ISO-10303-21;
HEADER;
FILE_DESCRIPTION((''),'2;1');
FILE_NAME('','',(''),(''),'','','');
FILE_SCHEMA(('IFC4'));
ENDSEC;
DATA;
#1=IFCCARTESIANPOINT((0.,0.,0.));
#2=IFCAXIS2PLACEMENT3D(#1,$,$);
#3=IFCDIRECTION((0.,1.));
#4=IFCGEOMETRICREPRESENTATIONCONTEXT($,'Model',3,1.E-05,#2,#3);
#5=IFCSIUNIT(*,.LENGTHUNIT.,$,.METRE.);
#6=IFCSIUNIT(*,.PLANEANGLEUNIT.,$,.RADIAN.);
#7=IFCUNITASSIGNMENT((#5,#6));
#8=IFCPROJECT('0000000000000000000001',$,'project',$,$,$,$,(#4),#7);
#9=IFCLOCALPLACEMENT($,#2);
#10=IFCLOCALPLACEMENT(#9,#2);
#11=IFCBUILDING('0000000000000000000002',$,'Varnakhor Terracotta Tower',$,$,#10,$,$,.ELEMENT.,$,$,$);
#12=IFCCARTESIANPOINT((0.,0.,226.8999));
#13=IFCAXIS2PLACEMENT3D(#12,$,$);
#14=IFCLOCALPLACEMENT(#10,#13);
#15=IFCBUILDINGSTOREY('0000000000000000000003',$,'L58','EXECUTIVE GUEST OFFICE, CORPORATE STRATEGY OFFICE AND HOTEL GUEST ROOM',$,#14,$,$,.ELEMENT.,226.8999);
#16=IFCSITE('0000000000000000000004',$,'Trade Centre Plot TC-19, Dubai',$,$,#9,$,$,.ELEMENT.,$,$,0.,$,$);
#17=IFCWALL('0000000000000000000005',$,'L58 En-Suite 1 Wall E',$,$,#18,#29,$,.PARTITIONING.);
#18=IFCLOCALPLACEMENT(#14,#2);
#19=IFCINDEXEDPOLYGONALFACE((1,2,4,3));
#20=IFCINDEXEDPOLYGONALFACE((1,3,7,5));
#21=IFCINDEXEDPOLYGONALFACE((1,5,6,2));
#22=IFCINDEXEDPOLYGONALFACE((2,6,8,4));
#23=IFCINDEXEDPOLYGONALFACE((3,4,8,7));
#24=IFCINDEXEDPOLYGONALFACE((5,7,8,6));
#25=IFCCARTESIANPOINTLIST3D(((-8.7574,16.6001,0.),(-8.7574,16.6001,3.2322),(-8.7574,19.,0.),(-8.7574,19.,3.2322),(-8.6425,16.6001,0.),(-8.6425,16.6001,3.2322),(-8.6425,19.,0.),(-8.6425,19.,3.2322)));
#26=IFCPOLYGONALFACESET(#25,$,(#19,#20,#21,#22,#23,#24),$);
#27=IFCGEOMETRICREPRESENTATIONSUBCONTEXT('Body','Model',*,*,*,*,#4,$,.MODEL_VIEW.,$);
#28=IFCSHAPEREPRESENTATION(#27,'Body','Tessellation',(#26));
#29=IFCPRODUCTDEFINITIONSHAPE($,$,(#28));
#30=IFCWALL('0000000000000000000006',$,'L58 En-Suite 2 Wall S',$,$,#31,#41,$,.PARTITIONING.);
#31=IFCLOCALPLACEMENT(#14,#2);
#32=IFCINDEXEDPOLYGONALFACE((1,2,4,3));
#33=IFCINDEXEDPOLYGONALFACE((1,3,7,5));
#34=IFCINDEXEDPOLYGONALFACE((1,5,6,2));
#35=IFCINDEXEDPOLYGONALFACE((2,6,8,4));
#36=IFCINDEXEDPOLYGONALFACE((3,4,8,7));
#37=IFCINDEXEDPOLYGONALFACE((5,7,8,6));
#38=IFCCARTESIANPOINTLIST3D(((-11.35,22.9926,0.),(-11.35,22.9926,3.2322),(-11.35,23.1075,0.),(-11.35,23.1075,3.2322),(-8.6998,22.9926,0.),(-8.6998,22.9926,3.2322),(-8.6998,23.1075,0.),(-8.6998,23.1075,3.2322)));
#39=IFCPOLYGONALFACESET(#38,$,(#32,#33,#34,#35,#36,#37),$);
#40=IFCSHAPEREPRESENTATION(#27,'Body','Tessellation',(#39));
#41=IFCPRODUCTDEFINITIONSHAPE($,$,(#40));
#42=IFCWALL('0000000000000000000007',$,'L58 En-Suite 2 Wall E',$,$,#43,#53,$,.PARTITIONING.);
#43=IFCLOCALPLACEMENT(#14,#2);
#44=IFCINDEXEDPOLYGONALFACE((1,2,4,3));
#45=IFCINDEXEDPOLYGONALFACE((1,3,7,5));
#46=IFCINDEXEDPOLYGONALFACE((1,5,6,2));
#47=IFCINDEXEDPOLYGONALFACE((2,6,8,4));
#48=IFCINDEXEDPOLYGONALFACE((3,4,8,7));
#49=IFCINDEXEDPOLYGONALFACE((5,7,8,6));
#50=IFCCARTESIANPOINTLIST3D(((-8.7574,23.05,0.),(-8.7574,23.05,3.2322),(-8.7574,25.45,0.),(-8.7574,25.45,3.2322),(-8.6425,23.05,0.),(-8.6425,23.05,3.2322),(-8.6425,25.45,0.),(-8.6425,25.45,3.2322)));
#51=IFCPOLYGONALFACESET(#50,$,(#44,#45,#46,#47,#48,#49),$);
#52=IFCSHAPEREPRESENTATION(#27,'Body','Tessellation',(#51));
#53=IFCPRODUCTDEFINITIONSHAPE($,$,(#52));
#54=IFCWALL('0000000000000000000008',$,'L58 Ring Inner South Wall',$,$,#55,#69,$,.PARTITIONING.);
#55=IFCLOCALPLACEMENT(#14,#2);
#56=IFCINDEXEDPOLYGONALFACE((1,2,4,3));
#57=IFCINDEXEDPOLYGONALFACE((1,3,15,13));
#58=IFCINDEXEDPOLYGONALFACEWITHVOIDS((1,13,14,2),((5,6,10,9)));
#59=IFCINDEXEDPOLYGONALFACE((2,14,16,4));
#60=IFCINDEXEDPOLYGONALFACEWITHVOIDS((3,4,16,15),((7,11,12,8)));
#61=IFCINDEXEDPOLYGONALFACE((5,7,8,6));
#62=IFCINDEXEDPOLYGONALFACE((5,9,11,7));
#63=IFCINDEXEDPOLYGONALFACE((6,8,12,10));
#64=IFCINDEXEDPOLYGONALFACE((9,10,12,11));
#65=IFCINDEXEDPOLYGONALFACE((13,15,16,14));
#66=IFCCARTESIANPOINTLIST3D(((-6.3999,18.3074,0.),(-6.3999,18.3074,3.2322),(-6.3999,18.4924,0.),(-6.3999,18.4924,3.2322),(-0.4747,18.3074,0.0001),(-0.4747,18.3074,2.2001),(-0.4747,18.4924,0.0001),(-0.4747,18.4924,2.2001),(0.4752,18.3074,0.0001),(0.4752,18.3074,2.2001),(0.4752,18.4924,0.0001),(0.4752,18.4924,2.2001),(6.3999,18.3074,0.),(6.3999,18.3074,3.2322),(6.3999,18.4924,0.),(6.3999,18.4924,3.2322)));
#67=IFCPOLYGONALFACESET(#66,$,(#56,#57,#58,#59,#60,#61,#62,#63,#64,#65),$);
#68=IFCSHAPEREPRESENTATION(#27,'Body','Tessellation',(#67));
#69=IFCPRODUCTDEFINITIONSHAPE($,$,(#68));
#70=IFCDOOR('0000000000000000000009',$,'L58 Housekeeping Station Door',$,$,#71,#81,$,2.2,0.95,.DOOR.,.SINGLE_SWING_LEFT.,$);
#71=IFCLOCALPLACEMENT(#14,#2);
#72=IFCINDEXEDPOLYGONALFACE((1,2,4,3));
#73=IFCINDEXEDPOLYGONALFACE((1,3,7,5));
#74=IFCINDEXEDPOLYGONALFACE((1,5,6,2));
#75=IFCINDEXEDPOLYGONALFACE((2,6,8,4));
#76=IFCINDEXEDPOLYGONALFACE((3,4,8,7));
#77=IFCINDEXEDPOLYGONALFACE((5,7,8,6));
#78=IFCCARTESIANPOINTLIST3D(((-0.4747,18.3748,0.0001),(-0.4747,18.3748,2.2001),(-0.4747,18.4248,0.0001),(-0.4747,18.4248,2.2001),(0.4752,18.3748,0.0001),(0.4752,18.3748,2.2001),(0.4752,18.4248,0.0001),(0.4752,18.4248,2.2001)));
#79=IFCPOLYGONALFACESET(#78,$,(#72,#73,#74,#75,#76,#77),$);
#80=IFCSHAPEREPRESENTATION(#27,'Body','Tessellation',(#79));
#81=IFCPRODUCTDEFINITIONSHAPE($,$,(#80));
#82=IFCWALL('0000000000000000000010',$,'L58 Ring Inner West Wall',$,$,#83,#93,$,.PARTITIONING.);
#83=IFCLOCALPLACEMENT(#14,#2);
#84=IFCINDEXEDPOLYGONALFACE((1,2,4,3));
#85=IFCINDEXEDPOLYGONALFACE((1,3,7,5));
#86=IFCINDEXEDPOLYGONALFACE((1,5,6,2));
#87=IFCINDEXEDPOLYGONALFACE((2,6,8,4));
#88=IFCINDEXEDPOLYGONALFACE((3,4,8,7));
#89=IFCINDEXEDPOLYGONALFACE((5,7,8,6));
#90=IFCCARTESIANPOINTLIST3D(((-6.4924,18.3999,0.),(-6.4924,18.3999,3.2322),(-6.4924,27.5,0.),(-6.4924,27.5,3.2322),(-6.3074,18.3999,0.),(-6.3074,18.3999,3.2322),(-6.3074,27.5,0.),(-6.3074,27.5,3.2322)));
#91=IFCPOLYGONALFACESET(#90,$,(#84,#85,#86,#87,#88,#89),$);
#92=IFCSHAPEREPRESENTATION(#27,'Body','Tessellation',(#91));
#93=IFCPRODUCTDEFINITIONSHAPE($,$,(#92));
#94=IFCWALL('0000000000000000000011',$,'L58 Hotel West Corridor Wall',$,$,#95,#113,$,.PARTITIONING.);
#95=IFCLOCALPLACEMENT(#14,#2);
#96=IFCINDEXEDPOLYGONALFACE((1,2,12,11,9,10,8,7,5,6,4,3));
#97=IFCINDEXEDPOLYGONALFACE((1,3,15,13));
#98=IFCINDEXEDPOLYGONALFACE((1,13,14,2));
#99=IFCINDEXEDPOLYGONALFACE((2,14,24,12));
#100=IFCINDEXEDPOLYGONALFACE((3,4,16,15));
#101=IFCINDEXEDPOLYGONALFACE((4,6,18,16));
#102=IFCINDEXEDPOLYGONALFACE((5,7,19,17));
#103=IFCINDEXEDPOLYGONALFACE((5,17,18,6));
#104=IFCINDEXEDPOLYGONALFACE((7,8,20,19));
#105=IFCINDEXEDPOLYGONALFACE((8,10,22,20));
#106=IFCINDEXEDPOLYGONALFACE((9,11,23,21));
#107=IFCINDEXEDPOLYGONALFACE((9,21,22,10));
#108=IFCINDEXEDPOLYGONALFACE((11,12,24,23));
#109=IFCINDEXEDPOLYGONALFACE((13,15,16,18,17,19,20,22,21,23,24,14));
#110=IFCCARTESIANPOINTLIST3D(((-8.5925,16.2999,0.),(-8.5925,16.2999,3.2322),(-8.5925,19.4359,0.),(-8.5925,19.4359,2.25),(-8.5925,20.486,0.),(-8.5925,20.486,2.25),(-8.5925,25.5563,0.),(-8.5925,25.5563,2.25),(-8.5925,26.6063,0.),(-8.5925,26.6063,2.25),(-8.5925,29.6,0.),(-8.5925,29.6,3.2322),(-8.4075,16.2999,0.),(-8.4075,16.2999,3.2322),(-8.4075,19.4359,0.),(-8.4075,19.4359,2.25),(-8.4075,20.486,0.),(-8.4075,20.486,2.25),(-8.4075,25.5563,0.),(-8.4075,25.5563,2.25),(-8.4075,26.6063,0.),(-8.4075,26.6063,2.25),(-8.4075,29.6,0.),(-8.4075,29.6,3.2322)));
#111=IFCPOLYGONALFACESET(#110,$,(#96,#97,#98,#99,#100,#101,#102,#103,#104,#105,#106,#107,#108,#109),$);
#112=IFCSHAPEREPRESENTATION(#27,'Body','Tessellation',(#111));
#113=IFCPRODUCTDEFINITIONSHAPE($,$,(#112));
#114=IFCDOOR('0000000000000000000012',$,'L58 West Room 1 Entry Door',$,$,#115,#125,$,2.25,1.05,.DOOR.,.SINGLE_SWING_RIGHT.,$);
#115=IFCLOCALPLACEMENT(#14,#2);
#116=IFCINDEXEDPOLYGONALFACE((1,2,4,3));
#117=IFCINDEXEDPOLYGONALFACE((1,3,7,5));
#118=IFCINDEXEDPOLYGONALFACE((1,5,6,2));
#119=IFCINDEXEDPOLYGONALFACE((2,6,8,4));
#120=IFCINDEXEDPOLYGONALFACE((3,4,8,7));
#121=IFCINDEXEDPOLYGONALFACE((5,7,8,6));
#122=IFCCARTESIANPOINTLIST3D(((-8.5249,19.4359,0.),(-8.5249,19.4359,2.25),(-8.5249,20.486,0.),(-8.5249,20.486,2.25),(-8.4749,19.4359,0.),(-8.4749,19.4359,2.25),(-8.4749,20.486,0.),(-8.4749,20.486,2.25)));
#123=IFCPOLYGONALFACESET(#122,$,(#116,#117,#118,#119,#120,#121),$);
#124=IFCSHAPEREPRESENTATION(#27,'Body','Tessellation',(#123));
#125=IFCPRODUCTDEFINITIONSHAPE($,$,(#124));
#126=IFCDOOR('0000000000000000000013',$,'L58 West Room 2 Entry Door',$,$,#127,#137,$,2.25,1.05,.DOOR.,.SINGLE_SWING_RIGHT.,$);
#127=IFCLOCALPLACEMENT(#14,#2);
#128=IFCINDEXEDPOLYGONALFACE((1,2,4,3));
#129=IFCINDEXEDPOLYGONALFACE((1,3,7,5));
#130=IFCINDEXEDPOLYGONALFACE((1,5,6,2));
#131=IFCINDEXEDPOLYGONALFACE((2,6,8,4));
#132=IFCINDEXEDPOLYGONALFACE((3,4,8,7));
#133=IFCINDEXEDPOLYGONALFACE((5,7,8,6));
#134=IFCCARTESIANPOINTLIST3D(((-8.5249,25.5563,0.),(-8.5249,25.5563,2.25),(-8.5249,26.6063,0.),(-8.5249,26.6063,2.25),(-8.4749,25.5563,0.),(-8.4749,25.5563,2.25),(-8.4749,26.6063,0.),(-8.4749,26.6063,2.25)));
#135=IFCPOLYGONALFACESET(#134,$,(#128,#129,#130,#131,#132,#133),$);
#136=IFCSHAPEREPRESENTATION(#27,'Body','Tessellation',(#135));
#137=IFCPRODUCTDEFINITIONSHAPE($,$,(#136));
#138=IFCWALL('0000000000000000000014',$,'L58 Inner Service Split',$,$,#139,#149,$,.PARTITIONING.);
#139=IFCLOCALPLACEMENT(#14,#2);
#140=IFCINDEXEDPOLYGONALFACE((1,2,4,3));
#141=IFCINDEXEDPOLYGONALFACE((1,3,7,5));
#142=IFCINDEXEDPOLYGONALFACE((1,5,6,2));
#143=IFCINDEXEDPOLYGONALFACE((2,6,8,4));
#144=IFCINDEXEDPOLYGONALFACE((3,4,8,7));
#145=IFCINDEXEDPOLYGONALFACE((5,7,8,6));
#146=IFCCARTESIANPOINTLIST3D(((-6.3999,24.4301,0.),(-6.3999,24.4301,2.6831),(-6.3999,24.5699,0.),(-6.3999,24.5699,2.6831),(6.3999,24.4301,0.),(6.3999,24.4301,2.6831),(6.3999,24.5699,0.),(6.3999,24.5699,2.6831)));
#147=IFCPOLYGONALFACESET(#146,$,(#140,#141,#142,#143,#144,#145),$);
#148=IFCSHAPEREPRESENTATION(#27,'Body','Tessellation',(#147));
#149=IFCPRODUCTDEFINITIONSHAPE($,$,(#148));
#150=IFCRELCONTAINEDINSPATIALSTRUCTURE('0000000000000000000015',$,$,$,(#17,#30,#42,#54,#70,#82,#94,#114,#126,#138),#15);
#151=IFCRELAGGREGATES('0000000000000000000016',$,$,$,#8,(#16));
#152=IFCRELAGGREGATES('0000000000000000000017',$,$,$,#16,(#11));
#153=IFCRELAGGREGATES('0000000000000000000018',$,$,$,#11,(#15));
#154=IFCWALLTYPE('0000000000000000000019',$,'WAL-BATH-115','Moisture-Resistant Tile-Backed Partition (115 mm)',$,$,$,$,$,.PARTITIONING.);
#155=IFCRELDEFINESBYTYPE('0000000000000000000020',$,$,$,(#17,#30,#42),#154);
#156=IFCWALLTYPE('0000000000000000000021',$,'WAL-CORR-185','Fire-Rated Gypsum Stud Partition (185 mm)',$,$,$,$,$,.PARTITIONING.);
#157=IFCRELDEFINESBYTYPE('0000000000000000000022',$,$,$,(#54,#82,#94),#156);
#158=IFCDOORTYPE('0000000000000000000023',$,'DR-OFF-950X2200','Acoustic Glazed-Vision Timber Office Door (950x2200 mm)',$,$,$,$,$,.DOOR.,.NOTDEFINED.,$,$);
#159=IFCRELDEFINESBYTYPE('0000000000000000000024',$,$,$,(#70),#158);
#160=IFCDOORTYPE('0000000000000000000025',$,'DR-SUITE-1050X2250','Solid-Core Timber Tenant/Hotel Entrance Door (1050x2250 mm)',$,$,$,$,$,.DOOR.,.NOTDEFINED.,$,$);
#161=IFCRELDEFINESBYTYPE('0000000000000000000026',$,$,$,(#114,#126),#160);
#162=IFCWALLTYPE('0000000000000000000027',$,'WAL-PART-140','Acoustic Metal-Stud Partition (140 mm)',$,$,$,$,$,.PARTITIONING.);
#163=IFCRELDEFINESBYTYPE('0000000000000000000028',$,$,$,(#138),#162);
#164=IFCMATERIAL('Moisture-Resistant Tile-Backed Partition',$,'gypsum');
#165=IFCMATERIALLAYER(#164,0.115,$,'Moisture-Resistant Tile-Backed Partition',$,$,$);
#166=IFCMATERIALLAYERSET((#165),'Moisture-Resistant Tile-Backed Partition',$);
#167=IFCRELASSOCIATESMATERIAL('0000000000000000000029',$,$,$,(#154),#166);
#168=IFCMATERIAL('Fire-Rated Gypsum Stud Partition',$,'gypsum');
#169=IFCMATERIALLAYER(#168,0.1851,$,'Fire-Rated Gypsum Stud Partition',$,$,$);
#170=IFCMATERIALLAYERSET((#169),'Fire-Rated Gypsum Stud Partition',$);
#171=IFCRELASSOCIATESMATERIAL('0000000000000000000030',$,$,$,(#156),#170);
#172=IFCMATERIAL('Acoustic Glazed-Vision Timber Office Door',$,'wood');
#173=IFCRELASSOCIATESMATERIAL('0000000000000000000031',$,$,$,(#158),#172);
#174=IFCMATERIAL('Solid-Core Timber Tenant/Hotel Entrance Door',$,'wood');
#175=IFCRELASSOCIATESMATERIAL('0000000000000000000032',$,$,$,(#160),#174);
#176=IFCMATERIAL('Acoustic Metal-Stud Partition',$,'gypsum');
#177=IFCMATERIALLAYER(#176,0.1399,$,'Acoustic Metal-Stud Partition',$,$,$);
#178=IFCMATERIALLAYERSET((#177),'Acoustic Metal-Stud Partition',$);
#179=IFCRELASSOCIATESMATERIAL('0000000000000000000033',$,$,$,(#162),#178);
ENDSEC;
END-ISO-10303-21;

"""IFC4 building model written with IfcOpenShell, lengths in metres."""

from ifc_helpers import new_model, si_unit, direction, frame, frame_2d, origin, place, context, subcontext, project, spatial, rectangle, extrude, source, transform, mapped, material, layer, layer_set, type_object, type_shapes, element, fill, save


model = new_model("IFC4")

# Units and contexts
model_context = context("Model", 3, precision=1e-05, world=origin(), true_north=direction((0.0, 1.0)))
body_context = subcontext(model_context, "Body", "Model", "MODEL_VIEW")
ifc_project = project(units=[si_unit("LENGTHUNIT", "METRE"), si_unit("PLANEANGLEUNIT", "RADIAN")], contexts=[model_context])

# Site, building, storey
site_placement = place(None, origin())
site = spatial("IfcSite", under=ifc_project, at=site_placement, Name="Trade Centre Plot TC-19, Dubai", CompositionType="ELEMENT", RefElevation=0.0)
building_placement = place(site_placement, origin())
building = spatial("IfcBuilding", under=site, at=building_placement, Name="Varnakhor Terracotta Tower", CompositionType="ELEMENT")
storey_placement = place(building_placement, frame((0.0, 0.0, 226.8999)))
storey = spatial("IfcBuildingStorey", under=building, at=storey_placement, Name="L58", Description="EXECUTIVE GUEST OFFICE, CORPORATE STRATEGY OFFICE AND HOTEL GUEST ROOM", CompositionType="ELEMENT", Elevation=226.8999)

# Walls
ifc_material_1 = material(Name="Moisture-Resistant Tile-Backed Partition", Category="gypsum")
ifc_layer_1 = layer(ifc_material_1, 0.115, Name="Moisture-Resistant Tile-Backed Partition")
ifc_layer_set_1 = layer_set([ifc_layer_1], Name="Moisture-Resistant Tile-Backed Partition")
wall_type_1 = type_object("IfcWallType", Name="WAL-BATH-115", Description="Moisture-Resistant Tile-Backed Partition (115 mm)", PredefinedType="PARTITIONING", material=ifc_layer_set_1)
wall_1_placement = place(storey_placement, frame((-8.7, 16.6001, 0.0), z_axis=(0.0, 0.0, 1.0), x_axis=(0.0, 1.0, 0.0)))
element("IfcWall", 1, at=wall_1_placement, inside=storey, type_object=wall_type_1, Name="L58 En-Suite 1 Wall E", PredefinedType="PARTITIONING", context=body_context, shape_type="SweptSolid", body=[
    extrude(rectangle(XDim=2.3999, YDim=0.115, at=frame_2d((1.2, 0.0))), origin(), (0.0, 0.0, 1.0), 3.2322),
])
wall_2_placement = place(storey_placement, frame((-11.3501, 23.05, 0.0), z_axis=(0.0, 0.0, 1.0), x_axis=(1.0, 0.0, 0.0)))
element("IfcWall", 2, at=wall_2_placement, inside=storey, type_object=wall_type_1, Name="L58 En-Suite 2 Wall S", PredefinedType="PARTITIONING", context=body_context, shape_type="SweptSolid", body=[
    extrude(rectangle(XDim=2.6501, YDim=0.115, at=frame_2d((1.3252, 0.0))), origin(), (0.0, 0.0, 1.0), 3.2322),
])

# Wall
wall_3_placement = place(storey_placement, frame((-8.7, 23.05, 0.0), z_axis=(0.0, 0.0, 1.0), x_axis=(0.0, 1.0, 0.0)))
element("IfcWall", 3, at=wall_3_placement, inside=storey, type_object=wall_type_1, Name="L58 En-Suite 2 Wall E", PredefinedType="PARTITIONING", context=body_context, shape_type="SweptSolid", body=[
    extrude(rectangle(XDim=2.3999, YDim=0.115, at=frame_2d((1.2, 0.0))), origin(), (0.0, 0.0, 1.0), 3.2322),
])

# Wall, opening, door
ifc_material_2 = material(Name="Fire-Rated Gypsum Stud Partition", Category="gypsum")
ifc_layer_2 = layer(ifc_material_2, 0.1851, Name="Fire-Rated Gypsum Stud Partition")
ifc_layer_set_2 = layer_set([ifc_layer_2], Name="Fire-Rated Gypsum Stud Partition")
wall_type_2 = type_object("IfcWallType", Name="WAL-CORR-185", Description="Fire-Rated Gypsum Stud Partition (185 mm)", PredefinedType="PARTITIONING", material=ifc_layer_set_2)
wall_4_placement = place(storey_placement, frame((-6.3999, 18.3999, 0.0), z_axis=(0.0, 0.0, 1.0), x_axis=(1.0, 0.0, 0.0)))
wall_4 = element("IfcWall", 4, at=wall_4_placement, inside=storey, type_object=wall_type_2, Name="L58 Ring Inner South Wall", PredefinedType="PARTITIONING", context=body_context, shape_type="SweptSolid", body=[
    extrude(rectangle(XDim=12.7998, YDim=0.1851, at=frame_2d((6.3999, 0.0))), origin(), (0.0, 0.0, 1.0), 3.2322),
])
opening_1_placement = place(wall_4_placement, frame((5.925, 0.0, 0.0)))
opening_1 = element("IfcOpeningElement", 5, at=opening_1_placement, cuts=wall_4, PredefinedType="OPENING", context=body_context, shape_type="SweptSolid", body=[
    extrude(rectangle(XDim=0.95, YDim=2.2, at=frame_2d((0.4751, 1.1001))), frame((0.0, 0.1025, 0.0), z_axis=(0.0, -1.0, 0.0), x_axis=(1.0, 0.0, 0.0)), (0.0, 0.0, 1.0), 0.2051),
])
ifc_material_3 = material(Name="Acoustic Glazed-Vision Timber Office Door", Category="wood")
door_type_1 = type_object("IfcDoorType", Name="DR-OFF-950X2200", Description="Acoustic Glazed-Vision Timber Office Door (950x2200 mm)", OperationType="NOTDEFINED", PredefinedType="DOOR", material=ifc_material_3)
shared_shape_1 = source(origin(), body_context, "Body", "SweptSolid", [
    extrude(rectangle(XDim=0.95, YDim=2.2, at=frame_2d((0.4751, 1.1001))), frame((0.0, 0.0249, 0.0), z_axis=(0.0, -1.0, 0.0), x_axis=(1.0, 0.0, 0.0)), (0.0, 0.0, 1.0), 0.05),
])
type_shapes(door_type_1, [shared_shape_1])
door_1_placement = place(opening_1_placement, origin())
door_1 = element("IfcDoor", 6, at=door_1_placement, inside=storey, type_object=door_type_1, Name="L58 Housekeeping Station Door", OperationType="SINGLE_SWING_LEFT", OverallHeight=2.2, OverallWidth=0.95, PredefinedType="DOOR", context=body_context, shape_type="MappedRepresentation", body=[
    mapped(shared_shape_1, transform((0.0, 0.0, 0.0), scale=1.0)),
])
fill(opening_1, door_1)

# Wall
wall_5_placement = place(storey_placement, frame((-6.3999, 18.3999, 0.0), z_axis=(0.0, 0.0, 1.0), x_axis=(0.0, 1.0, 0.0)))
element("IfcWall", 7, at=wall_5_placement, inside=storey, type_object=wall_type_2, Name="L58 Ring Inner West Wall", PredefinedType="PARTITIONING", context=body_context, shape_type="SweptSolid", body=[
    extrude(rectangle(XDim=9.1001, YDim=0.1851, at=frame_2d((4.55, 0.0))), origin(), (0.0, 0.0, 1.0), 3.2322),
])

# Wall, openings, doors
wall_6_placement = place(storey_placement, frame((-8.5, 16.3, 0.0), z_axis=(0.0, 0.0, 1.0), x_axis=(0.0, 1.0, 0.0)))
wall_6 = element("IfcWall", 8, at=wall_6_placement, inside=storey, type_object=wall_type_2, Name="L58 Hotel West Corridor Wall", PredefinedType="PARTITIONING", context=body_context, shape_type="SweptSolid", body=[
    extrude(rectangle(XDim=13.3, YDim=0.1851, at=frame_2d((6.6499, 0.0))), origin(), (0.0, 0.0, 1.0), 3.2322),
])
opening_2_placement = place(wall_6_placement, frame((3.136, 0.0, 0.0)))
opening_2 = element("IfcOpeningElement", 9, at=opening_2_placement, cuts=wall_6, PredefinedType="OPENING", context=body_context, shape_type="SweptSolid", body=[
    extrude(rectangle(XDim=1.05, YDim=2.25, at=frame_2d((0.5249, 1.125))), frame((0.0, 0.1025, 0.0), z_axis=(0.0, -1.0, 0.0), x_axis=(1.0, 0.0, 0.0)), (0.0, 0.0, 1.0), 0.2051),
])
opening_3_placement = place(wall_6_placement, frame((9.2563, 0.0, 0.0)))
opening_3 = element("IfcOpeningElement", 10, at=opening_3_placement, cuts=wall_6, PredefinedType="OPENING", context=body_context, shape_type="SweptSolid", body=[
    extrude(rectangle(XDim=1.05, YDim=2.25, at=frame_2d((0.5249, 1.125))), frame((0.0, 0.1025, 0.0), z_axis=(0.0, -1.0, 0.0), x_axis=(1.0, 0.0, 0.0)), (0.0, 0.0, 1.0), 0.2051),
])
ifc_material_4 = material(Name="Solid-Core Timber Tenant/Hotel Entrance Door", Category="wood")
door_type_2 = type_object("IfcDoorType", Name="DR-SUITE-1050X2250", Description="Solid-Core Timber Tenant/Hotel Entrance Door (1050x2250 mm)", OperationType="NOTDEFINED", PredefinedType="DOOR", material=ifc_material_4)
shared_shape_2 = source(origin(), body_context, "Body", "SweptSolid", [
    extrude(rectangle(XDim=1.05, YDim=2.25, at=frame_2d((0.5249, 1.125))), frame((0.0, 0.0249, 0.0), z_axis=(0.0, -1.0, 0.0), x_axis=(1.0, 0.0, 0.0)), (0.0, 0.0, 1.0), 0.05),
])
type_shapes(door_type_2, [shared_shape_2])
door_2_placement = place(opening_2_placement, origin())
door_2 = element("IfcDoor", 11, at=door_2_placement, inside=storey, type_object=door_type_2, Name="L58 West Room 1 Entry Door", OperationType="SINGLE_SWING_RIGHT", OverallHeight=2.25, OverallWidth=1.05, PredefinedType="DOOR", context=body_context, shape_type="MappedRepresentation", body=[
    mapped(shared_shape_2, transform((0.0, 0.0, 0.0), scale=1.0)),
])
fill(opening_2, door_2)
door_3_placement = place(opening_3_placement, origin())
door_3 = element("IfcDoor", 12, at=door_3_placement, inside=storey, type_object=door_type_2, Name="L58 West Room 2 Entry Door", OperationType="SINGLE_SWING_RIGHT", OverallHeight=2.25, OverallWidth=1.05, PredefinedType="DOOR", context=body_context, shape_type="MappedRepresentation", body=[
    mapped(shared_shape_2, transform((0.0, 0.0, 0.0), scale=1.0)),
])
fill(opening_3, door_3)

# Wall
ifc_material_5 = material(Name="Acoustic Metal-Stud Partition", Category="gypsum")
ifc_layer_3 = layer(ifc_material_5, 0.1399, Name="Acoustic Metal-Stud Partition")
ifc_layer_set_3 = layer_set([ifc_layer_3], Name="Acoustic Metal-Stud Partition")
wall_type_3 = type_object("IfcWallType", Name="WAL-PART-140", Description="Acoustic Metal-Stud Partition (140 mm)", PredefinedType="PARTITIONING", material=ifc_layer_set_3)
wall_7_placement = place(storey_placement, frame((-6.3999, 24.5, 0.0), z_axis=(0.0, 0.0, 1.0), x_axis=(1.0, 0.0, 0.0)))
element("IfcWall", 13, at=wall_7_placement, inside=storey, type_object=wall_type_3, Name="L58 Inner Service Split", PredefinedType="PARTITIONING", context=body_context, shape_type="SweptSolid", body=[
    extrude(rectangle(XDim=12.7998, YDim=0.1399, at=frame_2d((6.3999, 0.0))), origin(), (0.0, 0.0, 1.0), 2.6831),
])

save(model, "model.ifc")
